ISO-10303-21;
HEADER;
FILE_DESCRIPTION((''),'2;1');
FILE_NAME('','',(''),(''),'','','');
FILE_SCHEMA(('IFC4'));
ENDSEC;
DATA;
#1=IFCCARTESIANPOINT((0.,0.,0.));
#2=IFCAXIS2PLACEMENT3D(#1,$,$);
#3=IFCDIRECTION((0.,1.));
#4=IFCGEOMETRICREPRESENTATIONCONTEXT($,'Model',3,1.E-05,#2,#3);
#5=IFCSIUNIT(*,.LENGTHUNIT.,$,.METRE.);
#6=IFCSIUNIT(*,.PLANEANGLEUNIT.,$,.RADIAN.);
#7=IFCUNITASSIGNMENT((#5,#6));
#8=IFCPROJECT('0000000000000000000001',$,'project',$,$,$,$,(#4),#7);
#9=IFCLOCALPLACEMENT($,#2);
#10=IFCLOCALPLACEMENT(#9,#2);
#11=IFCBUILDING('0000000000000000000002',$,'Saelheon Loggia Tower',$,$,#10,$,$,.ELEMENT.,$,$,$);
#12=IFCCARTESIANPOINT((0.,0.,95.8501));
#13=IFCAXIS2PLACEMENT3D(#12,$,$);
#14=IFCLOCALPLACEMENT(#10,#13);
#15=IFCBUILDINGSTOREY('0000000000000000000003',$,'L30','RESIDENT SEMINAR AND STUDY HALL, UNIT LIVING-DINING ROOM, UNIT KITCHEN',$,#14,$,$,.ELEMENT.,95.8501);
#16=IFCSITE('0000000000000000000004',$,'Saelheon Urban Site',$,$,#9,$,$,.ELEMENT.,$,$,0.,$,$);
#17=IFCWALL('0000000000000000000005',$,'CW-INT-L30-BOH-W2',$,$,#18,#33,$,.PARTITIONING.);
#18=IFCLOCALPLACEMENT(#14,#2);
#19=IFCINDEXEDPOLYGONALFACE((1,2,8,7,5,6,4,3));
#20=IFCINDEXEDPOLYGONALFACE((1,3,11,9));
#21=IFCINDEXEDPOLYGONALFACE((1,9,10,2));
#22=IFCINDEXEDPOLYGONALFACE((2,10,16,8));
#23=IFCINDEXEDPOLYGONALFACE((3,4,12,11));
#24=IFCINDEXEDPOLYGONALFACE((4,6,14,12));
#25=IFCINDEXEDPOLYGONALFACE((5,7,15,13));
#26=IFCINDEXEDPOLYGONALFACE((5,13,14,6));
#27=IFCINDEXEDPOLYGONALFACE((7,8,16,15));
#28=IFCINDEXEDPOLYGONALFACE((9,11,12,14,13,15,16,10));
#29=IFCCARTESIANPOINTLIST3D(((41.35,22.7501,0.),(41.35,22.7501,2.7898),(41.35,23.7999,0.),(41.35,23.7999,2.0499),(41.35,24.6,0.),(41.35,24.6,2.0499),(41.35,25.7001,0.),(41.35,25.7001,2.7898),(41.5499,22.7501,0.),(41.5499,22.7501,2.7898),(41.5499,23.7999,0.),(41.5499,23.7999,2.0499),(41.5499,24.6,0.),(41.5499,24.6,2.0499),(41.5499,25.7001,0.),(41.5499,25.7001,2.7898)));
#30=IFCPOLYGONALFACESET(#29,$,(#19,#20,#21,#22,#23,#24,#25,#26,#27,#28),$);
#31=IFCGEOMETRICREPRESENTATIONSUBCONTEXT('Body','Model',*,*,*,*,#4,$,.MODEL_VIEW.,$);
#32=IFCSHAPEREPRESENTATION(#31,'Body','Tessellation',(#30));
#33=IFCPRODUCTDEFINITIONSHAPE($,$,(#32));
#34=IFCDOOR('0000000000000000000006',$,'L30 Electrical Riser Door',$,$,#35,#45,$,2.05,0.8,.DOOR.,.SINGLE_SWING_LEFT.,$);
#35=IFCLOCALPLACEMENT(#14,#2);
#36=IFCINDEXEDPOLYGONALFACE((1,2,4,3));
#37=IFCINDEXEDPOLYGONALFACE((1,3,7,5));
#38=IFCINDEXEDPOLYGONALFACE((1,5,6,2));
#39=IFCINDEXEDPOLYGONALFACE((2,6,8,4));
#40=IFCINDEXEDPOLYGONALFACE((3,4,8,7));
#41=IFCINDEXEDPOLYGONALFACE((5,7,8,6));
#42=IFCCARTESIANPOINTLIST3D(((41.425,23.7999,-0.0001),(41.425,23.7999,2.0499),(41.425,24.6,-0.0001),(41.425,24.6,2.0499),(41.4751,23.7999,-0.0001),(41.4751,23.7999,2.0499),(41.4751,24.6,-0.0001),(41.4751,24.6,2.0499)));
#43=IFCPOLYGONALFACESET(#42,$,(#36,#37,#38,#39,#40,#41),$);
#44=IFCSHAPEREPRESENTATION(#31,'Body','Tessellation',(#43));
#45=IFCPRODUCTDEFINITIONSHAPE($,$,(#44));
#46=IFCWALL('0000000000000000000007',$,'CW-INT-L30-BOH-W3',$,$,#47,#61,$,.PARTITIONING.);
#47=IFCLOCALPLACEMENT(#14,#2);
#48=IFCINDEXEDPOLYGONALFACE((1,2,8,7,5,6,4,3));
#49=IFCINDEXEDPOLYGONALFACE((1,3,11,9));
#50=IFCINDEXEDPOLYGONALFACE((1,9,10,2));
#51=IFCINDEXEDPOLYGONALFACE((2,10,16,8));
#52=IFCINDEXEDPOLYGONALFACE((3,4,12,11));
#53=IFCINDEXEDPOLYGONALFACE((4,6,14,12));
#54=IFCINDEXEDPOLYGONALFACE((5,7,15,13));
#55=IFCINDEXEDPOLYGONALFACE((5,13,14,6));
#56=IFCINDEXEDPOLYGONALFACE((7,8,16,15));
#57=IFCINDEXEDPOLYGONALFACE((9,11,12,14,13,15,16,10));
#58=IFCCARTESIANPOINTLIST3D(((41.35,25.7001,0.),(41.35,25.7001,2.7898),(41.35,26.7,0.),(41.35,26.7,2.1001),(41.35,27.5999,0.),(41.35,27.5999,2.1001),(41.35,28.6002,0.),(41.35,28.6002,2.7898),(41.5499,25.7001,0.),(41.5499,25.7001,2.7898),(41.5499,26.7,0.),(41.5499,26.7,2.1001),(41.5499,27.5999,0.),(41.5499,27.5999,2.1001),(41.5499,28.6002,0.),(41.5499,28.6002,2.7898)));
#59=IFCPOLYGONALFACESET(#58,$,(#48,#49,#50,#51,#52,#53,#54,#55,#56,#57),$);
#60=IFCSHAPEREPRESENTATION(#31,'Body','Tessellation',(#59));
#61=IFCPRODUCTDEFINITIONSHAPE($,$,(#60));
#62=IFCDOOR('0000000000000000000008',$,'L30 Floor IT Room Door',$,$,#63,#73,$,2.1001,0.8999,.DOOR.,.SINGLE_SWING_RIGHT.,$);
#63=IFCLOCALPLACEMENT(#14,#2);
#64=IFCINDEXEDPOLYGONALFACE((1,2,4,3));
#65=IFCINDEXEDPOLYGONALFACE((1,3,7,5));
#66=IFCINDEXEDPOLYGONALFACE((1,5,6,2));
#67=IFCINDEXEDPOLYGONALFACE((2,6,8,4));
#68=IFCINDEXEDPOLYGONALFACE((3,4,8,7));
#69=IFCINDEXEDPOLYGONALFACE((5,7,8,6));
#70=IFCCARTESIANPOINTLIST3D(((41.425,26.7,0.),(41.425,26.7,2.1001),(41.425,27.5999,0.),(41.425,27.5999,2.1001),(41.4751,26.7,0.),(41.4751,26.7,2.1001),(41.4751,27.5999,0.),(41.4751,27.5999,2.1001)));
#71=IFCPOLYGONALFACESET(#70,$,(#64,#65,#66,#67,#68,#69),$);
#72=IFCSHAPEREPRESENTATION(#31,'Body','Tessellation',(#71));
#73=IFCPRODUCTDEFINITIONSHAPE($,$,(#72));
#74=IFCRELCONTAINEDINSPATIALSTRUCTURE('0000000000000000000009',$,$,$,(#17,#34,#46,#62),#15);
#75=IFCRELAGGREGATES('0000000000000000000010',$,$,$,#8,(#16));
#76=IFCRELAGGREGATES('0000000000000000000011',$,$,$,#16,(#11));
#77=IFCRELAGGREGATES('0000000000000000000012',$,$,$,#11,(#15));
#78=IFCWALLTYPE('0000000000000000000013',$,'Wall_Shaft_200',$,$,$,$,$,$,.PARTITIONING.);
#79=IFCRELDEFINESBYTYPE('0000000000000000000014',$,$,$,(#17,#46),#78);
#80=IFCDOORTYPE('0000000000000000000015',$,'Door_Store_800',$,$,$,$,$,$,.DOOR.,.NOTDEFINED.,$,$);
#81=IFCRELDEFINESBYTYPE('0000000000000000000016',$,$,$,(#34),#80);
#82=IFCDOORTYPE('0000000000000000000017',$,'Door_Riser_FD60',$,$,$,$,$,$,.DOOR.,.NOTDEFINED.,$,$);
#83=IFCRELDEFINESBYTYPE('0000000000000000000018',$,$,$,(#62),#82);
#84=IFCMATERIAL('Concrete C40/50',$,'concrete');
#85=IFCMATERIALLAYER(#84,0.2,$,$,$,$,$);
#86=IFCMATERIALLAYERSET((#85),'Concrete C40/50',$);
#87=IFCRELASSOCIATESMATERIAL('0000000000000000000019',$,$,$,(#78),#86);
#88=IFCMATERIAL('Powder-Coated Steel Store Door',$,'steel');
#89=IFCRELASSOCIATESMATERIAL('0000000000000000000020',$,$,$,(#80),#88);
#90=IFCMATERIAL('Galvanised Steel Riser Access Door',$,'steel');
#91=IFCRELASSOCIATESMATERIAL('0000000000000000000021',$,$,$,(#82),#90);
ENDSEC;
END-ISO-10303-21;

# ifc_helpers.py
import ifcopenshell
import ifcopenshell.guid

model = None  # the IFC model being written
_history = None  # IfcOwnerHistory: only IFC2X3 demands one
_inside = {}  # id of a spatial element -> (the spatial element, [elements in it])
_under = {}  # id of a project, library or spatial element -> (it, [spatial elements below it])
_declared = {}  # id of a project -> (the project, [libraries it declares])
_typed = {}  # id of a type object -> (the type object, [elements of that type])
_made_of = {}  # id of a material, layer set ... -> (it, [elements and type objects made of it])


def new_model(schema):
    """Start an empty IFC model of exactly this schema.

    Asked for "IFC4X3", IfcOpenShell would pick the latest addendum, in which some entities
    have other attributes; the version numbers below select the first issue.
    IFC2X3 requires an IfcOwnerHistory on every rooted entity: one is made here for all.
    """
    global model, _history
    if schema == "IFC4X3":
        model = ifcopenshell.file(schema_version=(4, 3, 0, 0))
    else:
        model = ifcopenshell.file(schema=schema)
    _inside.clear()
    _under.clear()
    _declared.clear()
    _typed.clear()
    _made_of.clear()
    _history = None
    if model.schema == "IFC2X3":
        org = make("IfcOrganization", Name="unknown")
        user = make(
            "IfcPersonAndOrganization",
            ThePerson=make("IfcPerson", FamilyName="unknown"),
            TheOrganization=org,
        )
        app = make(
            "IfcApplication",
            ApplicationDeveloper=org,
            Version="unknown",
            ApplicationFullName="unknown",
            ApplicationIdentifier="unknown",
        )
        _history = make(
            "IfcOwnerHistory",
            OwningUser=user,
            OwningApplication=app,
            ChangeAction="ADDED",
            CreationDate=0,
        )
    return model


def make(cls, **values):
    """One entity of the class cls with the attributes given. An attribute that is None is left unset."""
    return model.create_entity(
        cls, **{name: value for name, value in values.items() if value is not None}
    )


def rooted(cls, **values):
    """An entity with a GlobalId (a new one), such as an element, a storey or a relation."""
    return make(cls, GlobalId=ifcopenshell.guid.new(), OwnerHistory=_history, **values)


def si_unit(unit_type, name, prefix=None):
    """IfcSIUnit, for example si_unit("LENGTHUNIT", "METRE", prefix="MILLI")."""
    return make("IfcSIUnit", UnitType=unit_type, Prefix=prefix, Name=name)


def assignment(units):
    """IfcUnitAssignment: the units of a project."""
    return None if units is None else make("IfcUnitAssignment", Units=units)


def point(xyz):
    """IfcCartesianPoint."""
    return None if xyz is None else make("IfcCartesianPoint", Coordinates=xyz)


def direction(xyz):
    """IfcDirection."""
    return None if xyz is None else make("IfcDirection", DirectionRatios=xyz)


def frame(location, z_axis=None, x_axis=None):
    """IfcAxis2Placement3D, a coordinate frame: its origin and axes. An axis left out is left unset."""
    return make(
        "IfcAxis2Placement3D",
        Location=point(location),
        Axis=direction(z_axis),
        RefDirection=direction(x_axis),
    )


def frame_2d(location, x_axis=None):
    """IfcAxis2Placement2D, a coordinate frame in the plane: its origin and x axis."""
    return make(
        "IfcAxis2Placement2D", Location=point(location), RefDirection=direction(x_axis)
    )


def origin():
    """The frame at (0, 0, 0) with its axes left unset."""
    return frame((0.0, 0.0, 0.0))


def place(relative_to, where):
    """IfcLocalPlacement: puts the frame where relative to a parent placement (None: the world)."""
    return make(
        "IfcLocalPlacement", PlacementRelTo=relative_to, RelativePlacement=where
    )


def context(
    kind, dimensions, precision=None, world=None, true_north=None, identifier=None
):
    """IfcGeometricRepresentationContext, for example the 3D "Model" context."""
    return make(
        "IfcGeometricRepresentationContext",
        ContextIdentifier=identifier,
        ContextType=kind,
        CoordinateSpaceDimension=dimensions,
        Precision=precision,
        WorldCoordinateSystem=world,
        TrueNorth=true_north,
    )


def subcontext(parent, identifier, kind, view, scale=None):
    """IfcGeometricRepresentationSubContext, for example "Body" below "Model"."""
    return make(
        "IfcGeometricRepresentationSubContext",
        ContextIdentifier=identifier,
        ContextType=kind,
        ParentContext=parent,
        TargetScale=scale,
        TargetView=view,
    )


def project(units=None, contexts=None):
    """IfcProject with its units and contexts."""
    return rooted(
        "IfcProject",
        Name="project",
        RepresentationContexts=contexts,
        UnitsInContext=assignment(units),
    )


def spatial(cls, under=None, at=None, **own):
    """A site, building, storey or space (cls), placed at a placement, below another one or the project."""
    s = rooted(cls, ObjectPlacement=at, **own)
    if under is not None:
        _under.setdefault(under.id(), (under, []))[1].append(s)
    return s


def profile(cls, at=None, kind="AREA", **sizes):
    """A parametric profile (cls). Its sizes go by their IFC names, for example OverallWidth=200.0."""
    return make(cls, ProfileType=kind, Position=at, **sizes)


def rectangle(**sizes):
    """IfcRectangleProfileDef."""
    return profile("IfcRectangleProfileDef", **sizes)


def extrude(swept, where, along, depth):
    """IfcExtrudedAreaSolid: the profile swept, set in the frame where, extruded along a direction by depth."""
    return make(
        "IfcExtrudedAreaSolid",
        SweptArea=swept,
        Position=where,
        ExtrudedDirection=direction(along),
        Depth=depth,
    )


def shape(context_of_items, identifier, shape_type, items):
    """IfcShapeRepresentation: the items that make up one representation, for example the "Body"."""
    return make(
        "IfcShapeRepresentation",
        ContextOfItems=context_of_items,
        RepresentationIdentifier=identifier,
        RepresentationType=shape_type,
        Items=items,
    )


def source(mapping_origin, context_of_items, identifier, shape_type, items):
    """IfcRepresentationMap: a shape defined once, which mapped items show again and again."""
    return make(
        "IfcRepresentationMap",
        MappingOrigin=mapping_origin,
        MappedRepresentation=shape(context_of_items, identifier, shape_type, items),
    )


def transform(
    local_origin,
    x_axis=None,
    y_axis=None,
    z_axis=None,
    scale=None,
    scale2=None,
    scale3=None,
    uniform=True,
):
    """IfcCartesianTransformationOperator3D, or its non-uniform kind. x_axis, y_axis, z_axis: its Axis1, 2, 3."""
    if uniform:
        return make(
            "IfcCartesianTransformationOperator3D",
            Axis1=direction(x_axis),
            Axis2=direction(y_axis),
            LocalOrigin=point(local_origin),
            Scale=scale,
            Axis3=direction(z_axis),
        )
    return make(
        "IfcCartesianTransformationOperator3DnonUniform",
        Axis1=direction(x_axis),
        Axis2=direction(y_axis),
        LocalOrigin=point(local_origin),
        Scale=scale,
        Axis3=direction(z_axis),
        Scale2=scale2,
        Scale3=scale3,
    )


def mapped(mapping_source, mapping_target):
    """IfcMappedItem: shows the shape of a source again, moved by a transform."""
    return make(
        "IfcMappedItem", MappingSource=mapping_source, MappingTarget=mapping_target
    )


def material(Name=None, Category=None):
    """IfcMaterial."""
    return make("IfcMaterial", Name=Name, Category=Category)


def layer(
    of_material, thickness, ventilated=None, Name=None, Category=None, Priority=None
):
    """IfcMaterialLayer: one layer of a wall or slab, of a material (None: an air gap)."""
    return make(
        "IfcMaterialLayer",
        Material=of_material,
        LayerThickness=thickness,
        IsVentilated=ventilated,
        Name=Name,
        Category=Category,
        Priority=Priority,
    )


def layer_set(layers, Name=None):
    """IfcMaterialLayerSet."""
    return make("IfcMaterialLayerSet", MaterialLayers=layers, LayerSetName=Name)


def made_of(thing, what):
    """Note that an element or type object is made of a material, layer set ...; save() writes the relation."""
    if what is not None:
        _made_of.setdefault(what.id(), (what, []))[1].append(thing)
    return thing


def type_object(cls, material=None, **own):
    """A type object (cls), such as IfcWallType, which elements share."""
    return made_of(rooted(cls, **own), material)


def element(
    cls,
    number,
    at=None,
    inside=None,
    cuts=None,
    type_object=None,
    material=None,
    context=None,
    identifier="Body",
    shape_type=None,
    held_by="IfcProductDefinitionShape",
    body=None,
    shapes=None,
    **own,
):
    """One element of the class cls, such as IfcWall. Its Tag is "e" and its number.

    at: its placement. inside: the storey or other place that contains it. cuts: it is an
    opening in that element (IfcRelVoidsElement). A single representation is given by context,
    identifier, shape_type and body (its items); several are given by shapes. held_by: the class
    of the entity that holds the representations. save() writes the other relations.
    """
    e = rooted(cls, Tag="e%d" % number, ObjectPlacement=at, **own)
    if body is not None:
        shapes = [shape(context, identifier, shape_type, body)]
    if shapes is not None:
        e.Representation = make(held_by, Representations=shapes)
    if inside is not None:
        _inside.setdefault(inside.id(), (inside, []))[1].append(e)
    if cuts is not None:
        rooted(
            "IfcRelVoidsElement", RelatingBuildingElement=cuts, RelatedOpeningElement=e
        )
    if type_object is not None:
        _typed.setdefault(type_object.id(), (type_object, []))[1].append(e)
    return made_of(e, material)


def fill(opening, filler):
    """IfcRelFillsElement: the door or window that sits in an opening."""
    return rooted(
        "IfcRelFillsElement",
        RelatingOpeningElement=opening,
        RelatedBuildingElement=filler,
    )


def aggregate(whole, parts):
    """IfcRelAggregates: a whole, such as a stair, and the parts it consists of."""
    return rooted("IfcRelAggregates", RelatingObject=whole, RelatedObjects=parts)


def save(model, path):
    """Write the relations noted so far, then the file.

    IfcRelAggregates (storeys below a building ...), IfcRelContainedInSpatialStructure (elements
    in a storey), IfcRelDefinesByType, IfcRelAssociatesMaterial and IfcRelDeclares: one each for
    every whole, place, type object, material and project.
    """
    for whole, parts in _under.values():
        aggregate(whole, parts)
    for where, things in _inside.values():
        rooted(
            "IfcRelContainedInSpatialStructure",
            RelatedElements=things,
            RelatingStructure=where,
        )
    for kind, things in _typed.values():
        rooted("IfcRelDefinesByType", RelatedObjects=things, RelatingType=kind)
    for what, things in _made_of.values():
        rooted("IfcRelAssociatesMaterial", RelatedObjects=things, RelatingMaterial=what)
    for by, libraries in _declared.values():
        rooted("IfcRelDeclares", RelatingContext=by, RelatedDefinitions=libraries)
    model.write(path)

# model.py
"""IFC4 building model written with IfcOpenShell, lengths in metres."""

from ifc_helpers import new_model, si_unit, direction, frame, frame_2d, origin, place, context, subcontext, project, spatial, rectangle, extrude, source, transform, mapped, material, layer, layer_set, type_object, element, fill, save


model = new_model("IFC4")

# Units and contexts
model_context = context("Model", 3, precision=1e-05, world=origin(), true_north=direction((0.0, 1.0)))
body_context = subcontext(model_context, "Body", "Model", "MODEL_VIEW")
ifc_project = project(units=[si_unit("LENGTHUNIT", "METRE"), si_unit("PLANEANGLEUNIT", "RADIAN")], contexts=[model_context])

# Site, building, storey
site_placement = place(None, origin())
site = spatial("IfcSite", under=ifc_project, at=site_placement, Name="Saelheon Urban Site", CompositionType="ELEMENT", RefElevation=0.0)
building_placement = place(site_placement, origin())
building = spatial("IfcBuilding", under=site, at=building_placement, Name="Saelheon Loggia Tower", CompositionType="ELEMENT")
storey_placement = place(building_placement, frame((0.0, 0.0, 95.8501)))
storey = spatial("IfcBuildingStorey", under=building, at=storey_placement, Name="L30", Description="RESIDENT SEMINAR AND STUDY HALL, UNIT LIVING-DINING ROOM, UNIT KITCHEN", CompositionType="ELEMENT", Elevation=95.8501)

# Shared definitions
ifc_material_1 = material(Name="Concrete C40/50", Category="concrete")

# Shared definitions
ifc_layer_1 = layer(ifc_material_1, 0.2)
ifc_layer_set_1 = layer_set([ifc_layer_1], Name="Concrete C40/50")
wall_type_1 = type_object("IfcWallType", Name="Wall_Shaft_200", PredefinedType="PARTITIONING", material=ifc_layer_set_1)

# Walls, openings, doors
ifc_material_2 = material(Name="Powder-Coated Steel Store Door", Category="steel")
door_type_1 = type_object("IfcDoorType", Name="Door_Store_800", OperationType="NOTDEFINED", PredefinedType="DOOR", material=ifc_material_2)
shared_shape_1 = source(origin(), body_context, "Body", "SweptSolid", [
    extrude(rectangle(XDim=0.8, YDim=2.05, at=frame_2d((0.3999, 1.0249))), frame((0.0, 0.0249, 0.0), z_axis=(0.0, -1.0, 0.0), x_axis=(1.0, 0.0, 0.0)), (0.0, 0.0, 1.0), 0.05),
])
wall_1_placement = place(storey_placement, frame((41.45, 22.75, 0.0), z_axis=(0.0, 0.0, 1.0), x_axis=(0.0, 1.0, 0.0)))
wall_1 = element("IfcWall", 1, at=wall_1_placement, inside=storey, type_object=wall_type_1, Name="CW-INT-L30-BOH-W2", PredefinedType="PARTITIONING", context=body_context, shape_type="SweptSolid", body=[
    extrude(rectangle(XDim=2.95, YDim=0.2, at=frame_2d((1.4751, 0.0))), origin(), (0.0, 0.0, 1.0), 2.7898),
])
opening_1_placement = place(wall_1_placement, frame((1.05, 0.0, 0.0)))
opening_1 = element("IfcOpeningElement", 2, at=opening_1_placement, cuts=wall_1, PredefinedType="OPENING", context=body_context, shape_type="SweptSolid", body=[
    extrude(rectangle(XDim=0.8, YDim=2.05, at=frame_2d((0.3999, 1.0249))), frame((0.0, 0.1121, 0.0), z_axis=(0.0, -1.0, 0.0), x_axis=(1.0, 0.0, 0.0)), (0.0, 0.0, 1.0), 0.2239),
])
door_1_placement = place(opening_1_placement, origin())
door_1 = element("IfcDoor", 3, at=door_1_placement, inside=storey, type_object=door_type_1, Name="L30 Electrical Riser Door", OperationType="SINGLE_SWING_LEFT", OverallHeight=2.05, OverallWidth=0.8, PredefinedType="DOOR", context=body_context, shape_type="MappedRepresentation", body=[
    mapped(shared_shape_1, transform((0.0, 0.0, 0.0), scale=1.0)),
])
fill(opening_1, door_1)
wall_2_placement = place(storey_placement, frame((41.45, 25.7, 0.0), z_axis=(0.0, 0.0, 1.0), x_axis=(0.0, 1.0, 0.0)))
wall_2 = element("IfcWall", 4, at=wall_2_placement, inside=storey, type_object=wall_type_1, Name="CW-INT-L30-BOH-W3", PredefinedType="PARTITIONING", context=body_context, shape_type="SweptSolid", body=[
    extrude(rectangle(XDim=2.9001, YDim=0.2, at=frame_2d((1.4502, 0.0))), origin(), (0.0, 0.0, 1.0), 2.7898),
])
opening_2_placement = place(wall_2_placement, frame((1.0, 0.0, 0.0)))
opening_2 = element("IfcOpeningElement", 5, at=opening_2_placement, cuts=wall_2, PredefinedType="OPENING", context=body_context, shape_type="SweptSolid", body=[
    extrude(rectangle(XDim=0.8999, YDim=2.1001, at=frame_2d((0.45, 1.05))), frame((0.0, 0.1121, 0.0), z_axis=(0.0, -1.0, 0.0), x_axis=(1.0, 0.0, 0.0)), (0.0, 0.0, 1.0), 0.2239),
])
ifc_material_3 = material(Name="Galvanised Steel Riser Access Door", Category="steel")
door_type_2 = type_object("IfcDoorType", Name="Door_Riser_FD60", OperationType="NOTDEFINED", PredefinedType="DOOR", material=ifc_material_3)
shared_shape_2 = source(origin(), body_context, "Body", "SweptSolid", [
    extrude(rectangle(XDim=0.8999, YDim=2.1001, at=frame_2d((0.45, 1.05))), frame((0.0, 0.0249, 0.0), z_axis=(0.0, -1.0, 0.0), x_axis=(1.0, 0.0, 0.0)), (0.0, 0.0, 1.0), 0.05),
])
door_2_placement = place(opening_2_placement, origin())
door_2 = element("IfcDoor", 6, at=door_2_placement, inside=storey, type_object=door_type_2, Name="L30 Floor IT Room Door", OperationType="SINGLE_SWING_RIGHT", OverallHeight=2.1001, OverallWidth=0.8999, PredefinedType="DOOR", context=body_context, shape_type="MappedRepresentation", body=[
    mapped(shared_shape_2, transform((0.0, 0.0, 0.0), scale=1.0)),
])
fill(opening_2, door_2)

save(model, "model.ifc")
